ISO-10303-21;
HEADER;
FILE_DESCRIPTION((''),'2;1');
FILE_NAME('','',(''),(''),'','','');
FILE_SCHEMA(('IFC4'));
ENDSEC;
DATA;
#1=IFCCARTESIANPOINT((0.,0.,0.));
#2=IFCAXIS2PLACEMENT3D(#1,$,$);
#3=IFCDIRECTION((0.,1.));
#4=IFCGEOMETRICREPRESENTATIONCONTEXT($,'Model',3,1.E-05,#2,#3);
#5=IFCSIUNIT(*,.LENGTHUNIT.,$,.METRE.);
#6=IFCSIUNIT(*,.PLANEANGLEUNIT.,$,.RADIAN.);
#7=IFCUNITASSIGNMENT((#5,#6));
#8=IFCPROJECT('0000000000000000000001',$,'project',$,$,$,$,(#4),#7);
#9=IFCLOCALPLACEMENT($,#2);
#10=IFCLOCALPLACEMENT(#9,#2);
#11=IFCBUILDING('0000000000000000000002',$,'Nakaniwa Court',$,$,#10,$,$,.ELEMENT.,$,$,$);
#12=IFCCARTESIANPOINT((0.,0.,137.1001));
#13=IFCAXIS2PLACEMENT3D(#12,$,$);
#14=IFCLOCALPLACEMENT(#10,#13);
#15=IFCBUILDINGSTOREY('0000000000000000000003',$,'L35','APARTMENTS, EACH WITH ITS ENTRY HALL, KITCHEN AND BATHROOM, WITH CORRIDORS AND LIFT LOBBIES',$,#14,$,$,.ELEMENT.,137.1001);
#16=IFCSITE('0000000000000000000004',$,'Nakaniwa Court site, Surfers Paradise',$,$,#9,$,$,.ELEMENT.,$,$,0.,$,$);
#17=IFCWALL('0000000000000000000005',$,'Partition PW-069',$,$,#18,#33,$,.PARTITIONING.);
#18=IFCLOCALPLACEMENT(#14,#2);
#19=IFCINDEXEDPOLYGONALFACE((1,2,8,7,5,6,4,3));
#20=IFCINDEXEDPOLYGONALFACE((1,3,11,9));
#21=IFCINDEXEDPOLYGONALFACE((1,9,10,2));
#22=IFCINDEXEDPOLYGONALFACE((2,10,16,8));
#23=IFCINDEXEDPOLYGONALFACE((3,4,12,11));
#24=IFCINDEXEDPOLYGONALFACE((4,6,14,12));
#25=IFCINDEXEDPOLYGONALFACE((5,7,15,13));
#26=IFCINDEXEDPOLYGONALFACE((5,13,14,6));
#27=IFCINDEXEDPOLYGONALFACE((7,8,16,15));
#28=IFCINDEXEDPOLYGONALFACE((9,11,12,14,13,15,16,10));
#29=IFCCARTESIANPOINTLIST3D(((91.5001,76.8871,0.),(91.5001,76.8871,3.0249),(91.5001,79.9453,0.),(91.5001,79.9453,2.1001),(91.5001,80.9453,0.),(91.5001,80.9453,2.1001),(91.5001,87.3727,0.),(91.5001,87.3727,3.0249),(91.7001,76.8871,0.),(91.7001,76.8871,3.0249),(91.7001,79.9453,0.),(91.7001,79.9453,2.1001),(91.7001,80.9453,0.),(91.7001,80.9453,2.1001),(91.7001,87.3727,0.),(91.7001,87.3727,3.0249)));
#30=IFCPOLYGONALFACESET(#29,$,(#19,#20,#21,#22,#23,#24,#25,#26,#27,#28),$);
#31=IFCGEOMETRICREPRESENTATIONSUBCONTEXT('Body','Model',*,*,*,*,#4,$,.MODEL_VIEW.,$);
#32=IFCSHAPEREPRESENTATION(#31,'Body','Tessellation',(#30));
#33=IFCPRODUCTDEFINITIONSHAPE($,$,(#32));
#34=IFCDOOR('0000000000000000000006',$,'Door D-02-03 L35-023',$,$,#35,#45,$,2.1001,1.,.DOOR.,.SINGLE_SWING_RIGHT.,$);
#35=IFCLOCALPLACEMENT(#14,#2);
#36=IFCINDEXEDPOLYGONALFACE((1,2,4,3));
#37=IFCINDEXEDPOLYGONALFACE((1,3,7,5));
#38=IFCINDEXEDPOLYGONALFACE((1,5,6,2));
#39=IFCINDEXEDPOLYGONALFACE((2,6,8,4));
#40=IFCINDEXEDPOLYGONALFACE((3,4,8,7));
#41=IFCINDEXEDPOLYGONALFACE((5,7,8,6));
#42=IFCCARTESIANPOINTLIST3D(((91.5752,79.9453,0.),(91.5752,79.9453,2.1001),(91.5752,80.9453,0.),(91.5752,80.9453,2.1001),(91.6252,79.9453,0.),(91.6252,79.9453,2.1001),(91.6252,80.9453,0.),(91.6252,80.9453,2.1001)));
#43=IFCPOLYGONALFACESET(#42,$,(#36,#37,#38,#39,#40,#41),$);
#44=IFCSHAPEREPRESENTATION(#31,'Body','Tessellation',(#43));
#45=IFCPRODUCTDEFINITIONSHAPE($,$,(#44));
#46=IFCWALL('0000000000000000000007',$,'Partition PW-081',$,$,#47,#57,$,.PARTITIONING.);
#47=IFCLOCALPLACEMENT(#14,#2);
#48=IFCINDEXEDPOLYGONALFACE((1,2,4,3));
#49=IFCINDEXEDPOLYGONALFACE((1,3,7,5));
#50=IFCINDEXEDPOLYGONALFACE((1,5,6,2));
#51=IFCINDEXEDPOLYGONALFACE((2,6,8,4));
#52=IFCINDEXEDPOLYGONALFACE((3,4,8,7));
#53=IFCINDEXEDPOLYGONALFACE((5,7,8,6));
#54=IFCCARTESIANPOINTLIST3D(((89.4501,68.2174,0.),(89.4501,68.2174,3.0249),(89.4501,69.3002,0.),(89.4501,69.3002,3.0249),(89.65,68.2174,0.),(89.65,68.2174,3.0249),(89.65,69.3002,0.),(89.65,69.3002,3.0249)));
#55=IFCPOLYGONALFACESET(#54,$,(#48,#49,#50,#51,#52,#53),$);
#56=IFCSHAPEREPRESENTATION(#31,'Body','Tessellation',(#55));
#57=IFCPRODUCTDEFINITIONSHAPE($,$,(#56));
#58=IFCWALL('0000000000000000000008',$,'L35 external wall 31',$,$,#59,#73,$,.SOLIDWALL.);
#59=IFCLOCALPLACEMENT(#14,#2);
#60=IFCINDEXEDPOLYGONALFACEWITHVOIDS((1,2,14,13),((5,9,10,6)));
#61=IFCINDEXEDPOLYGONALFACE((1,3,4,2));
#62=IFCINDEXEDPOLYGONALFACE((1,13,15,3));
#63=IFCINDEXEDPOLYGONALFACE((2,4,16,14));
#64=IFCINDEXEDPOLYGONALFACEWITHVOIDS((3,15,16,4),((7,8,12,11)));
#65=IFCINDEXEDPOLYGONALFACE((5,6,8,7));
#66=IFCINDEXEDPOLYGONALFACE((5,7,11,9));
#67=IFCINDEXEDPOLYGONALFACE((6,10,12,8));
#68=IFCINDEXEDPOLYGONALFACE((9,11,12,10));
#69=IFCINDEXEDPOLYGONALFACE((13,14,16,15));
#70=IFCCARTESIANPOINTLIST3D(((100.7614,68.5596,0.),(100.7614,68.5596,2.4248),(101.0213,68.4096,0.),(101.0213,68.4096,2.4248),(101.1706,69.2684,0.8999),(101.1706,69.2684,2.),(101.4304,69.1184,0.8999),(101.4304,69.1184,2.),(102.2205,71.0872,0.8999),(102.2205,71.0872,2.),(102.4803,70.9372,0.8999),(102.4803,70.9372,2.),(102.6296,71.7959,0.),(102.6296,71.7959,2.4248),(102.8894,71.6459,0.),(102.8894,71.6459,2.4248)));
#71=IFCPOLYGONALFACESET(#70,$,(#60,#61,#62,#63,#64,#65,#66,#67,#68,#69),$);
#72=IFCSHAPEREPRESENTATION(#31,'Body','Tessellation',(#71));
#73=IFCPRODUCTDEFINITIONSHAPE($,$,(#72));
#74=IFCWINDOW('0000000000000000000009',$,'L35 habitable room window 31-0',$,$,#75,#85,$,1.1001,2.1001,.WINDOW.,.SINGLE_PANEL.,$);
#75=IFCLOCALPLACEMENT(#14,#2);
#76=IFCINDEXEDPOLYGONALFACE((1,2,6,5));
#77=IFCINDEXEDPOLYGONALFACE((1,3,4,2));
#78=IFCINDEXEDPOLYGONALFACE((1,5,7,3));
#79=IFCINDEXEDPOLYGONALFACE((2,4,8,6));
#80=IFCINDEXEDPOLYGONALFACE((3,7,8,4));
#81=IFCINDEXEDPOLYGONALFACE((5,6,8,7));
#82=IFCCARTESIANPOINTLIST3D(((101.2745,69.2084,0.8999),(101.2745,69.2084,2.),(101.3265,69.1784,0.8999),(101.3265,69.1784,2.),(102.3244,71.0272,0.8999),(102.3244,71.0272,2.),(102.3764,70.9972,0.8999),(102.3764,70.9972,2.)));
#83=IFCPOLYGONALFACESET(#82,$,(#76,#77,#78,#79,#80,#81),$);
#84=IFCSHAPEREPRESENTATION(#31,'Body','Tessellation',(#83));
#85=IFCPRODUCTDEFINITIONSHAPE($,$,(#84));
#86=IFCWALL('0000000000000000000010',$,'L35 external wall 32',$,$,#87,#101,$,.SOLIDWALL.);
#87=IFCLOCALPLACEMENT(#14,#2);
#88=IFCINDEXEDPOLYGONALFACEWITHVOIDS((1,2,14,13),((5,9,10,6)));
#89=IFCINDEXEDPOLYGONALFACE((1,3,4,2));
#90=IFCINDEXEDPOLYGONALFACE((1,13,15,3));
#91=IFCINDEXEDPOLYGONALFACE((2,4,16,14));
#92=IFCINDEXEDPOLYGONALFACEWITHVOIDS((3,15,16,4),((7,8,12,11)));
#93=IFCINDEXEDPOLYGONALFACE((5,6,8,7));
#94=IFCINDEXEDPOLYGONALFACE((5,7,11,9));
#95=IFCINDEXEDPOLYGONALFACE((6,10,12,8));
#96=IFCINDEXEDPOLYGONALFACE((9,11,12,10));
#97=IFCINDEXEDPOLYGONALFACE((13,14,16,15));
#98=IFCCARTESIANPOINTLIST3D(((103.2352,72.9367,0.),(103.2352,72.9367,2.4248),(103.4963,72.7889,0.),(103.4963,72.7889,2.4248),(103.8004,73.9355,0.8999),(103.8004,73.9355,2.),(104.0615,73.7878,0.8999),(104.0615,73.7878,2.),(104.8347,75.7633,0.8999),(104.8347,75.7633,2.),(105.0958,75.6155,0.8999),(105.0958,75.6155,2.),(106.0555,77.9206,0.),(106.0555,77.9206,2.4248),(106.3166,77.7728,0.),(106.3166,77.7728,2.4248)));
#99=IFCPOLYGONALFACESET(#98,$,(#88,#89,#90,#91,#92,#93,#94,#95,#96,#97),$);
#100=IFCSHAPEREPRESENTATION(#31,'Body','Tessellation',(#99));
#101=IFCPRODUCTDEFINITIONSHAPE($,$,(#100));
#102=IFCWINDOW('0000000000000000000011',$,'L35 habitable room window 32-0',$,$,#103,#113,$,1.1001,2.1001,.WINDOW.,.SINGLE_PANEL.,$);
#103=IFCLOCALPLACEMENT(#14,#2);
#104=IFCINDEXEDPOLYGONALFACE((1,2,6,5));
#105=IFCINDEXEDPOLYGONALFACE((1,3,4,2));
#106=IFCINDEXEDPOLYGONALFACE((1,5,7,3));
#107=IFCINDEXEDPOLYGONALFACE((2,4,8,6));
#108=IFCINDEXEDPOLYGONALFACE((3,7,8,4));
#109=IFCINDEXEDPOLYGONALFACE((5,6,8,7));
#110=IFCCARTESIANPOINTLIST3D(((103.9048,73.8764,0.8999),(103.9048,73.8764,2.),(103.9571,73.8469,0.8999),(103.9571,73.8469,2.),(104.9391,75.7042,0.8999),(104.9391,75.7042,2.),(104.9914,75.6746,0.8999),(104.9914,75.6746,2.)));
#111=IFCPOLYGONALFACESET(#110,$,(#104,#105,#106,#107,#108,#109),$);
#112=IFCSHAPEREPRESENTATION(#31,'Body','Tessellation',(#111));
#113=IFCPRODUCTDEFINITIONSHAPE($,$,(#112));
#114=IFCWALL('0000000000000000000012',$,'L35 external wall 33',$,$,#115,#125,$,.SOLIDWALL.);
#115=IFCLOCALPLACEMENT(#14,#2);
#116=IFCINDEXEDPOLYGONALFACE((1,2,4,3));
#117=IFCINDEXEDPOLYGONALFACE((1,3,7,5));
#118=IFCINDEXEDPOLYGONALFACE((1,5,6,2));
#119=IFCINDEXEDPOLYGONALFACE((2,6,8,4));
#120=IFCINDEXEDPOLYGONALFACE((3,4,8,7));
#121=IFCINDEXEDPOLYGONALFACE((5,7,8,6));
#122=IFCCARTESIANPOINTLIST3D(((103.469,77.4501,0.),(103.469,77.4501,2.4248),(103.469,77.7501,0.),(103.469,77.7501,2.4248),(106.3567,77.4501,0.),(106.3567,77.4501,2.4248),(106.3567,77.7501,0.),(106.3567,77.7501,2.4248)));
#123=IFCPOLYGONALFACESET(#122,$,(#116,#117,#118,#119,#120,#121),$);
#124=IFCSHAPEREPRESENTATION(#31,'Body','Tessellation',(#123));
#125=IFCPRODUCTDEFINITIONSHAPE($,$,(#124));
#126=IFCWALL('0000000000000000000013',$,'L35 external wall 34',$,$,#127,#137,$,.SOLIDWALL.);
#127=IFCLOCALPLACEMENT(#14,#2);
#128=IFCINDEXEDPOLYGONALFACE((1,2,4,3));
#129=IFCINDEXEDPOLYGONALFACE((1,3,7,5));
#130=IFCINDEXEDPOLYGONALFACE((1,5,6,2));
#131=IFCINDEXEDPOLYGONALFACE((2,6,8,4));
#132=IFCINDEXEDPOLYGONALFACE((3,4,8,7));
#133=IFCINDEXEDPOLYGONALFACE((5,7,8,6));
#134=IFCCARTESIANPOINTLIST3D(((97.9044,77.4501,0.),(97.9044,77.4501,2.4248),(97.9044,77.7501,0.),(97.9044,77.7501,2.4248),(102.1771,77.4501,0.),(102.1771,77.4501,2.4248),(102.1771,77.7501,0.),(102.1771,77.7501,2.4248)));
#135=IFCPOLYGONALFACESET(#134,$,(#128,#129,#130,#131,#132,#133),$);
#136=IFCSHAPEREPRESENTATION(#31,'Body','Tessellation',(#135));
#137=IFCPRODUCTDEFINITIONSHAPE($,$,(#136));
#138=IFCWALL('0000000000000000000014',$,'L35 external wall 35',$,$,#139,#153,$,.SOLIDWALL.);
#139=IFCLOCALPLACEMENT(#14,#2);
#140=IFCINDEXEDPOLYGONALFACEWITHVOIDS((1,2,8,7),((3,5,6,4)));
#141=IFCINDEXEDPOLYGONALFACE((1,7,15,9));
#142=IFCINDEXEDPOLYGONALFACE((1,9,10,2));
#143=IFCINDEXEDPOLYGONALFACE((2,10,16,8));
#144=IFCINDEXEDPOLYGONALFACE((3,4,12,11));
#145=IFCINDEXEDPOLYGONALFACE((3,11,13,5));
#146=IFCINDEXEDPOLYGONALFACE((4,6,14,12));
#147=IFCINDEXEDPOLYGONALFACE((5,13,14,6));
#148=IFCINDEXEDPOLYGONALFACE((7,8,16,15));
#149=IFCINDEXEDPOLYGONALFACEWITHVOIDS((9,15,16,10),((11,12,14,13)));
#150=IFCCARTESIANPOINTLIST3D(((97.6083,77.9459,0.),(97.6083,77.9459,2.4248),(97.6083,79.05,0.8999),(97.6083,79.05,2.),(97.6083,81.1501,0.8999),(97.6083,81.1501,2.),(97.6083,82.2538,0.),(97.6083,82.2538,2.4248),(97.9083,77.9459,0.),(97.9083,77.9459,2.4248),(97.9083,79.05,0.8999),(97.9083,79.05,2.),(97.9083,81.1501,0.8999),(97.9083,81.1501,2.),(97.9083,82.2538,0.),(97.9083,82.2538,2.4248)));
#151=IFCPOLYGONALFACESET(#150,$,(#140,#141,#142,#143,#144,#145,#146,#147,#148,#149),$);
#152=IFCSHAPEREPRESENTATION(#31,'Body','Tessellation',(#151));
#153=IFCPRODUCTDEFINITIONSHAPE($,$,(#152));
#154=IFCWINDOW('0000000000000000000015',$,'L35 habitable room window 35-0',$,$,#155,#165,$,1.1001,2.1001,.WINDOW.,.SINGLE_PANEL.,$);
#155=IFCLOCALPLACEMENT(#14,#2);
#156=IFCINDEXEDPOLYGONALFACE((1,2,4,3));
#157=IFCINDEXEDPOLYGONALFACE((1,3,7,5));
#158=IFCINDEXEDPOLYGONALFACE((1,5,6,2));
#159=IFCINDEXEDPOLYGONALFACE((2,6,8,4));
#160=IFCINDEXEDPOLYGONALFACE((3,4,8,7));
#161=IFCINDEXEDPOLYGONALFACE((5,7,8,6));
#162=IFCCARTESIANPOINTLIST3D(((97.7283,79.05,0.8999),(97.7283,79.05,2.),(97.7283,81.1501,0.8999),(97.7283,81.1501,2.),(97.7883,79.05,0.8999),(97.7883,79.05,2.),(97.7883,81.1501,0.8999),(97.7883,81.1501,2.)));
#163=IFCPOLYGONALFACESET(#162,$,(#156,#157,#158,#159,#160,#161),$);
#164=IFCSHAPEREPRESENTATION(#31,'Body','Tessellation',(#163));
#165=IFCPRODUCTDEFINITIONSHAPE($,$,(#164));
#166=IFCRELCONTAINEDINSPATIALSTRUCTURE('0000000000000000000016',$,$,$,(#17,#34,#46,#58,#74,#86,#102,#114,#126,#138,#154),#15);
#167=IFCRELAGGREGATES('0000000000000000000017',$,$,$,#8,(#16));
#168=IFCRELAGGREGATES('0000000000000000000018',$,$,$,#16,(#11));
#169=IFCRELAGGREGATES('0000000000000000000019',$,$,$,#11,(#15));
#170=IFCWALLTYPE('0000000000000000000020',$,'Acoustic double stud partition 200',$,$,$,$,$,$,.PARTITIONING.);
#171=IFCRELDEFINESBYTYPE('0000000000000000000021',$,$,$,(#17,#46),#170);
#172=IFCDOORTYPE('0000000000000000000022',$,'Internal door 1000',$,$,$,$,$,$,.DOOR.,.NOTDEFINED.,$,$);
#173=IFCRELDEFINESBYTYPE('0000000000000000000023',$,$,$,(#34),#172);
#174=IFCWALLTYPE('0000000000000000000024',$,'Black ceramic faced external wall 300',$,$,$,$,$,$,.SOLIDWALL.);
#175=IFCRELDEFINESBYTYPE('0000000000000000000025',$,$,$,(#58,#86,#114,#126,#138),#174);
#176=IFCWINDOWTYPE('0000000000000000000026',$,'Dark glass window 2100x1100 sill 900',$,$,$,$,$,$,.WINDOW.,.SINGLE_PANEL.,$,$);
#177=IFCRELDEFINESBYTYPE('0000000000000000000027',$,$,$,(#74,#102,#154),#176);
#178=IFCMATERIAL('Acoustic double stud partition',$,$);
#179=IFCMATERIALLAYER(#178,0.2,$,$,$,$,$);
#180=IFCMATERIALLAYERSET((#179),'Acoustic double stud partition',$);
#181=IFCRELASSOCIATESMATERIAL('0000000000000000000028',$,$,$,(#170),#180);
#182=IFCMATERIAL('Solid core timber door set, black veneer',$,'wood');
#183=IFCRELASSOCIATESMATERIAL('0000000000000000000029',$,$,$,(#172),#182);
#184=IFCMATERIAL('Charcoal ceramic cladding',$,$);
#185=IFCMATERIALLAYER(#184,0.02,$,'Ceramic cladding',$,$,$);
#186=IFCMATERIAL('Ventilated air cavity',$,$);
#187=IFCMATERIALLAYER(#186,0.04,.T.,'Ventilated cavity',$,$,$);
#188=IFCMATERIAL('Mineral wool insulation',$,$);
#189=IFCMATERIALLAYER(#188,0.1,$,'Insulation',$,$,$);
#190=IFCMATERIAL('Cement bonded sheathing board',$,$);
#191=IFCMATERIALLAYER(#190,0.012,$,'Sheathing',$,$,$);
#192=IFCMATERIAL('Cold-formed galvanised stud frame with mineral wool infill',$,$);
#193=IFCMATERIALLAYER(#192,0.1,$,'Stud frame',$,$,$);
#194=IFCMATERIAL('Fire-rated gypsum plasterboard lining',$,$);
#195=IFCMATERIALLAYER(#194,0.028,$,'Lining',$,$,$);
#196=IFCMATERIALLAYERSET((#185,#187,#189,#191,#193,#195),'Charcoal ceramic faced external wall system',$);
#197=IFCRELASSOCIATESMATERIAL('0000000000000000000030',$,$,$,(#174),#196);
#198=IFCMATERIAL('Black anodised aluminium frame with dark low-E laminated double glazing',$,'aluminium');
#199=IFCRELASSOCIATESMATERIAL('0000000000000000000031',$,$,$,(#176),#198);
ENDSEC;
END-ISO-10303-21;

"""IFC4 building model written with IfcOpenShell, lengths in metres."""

from ifc_helpers import new_model, si_unit, direction, frame, frame_2d, origin, place, context, subcontext, project, spatial, rectangle, extrude, material, layer, layer_set, type_object, element, fill, save


model = new_model("IFC4")

# Units and contexts
model_context = context("Model", 3, precision=1e-05, world=origin(), true_north=direction((0.0, 1.0)))
body_context = subcontext(model_context, "Body", "Model", "MODEL_VIEW")
ifc_project = project(units=[si_unit("LENGTHUNIT", "METRE"), si_unit("PLANEANGLEUNIT", "RADIAN")], contexts=[model_context])

# Site, building, storey
site_placement = place(None, origin())
site = spatial("IfcSite", under=ifc_project, at=site_placement, Name="Nakaniwa Court site, Surfers Paradise", CompositionType="ELEMENT", RefElevation=0.0)
building_placement = place(site_placement, origin())
building = spatial("IfcBuilding", under=site, at=building_placement, Name="Nakaniwa Court", CompositionType="ELEMENT")
storey_placement = place(building_placement, frame((0.0, 0.0, 137.1001)))
storey = spatial("IfcBuildingStorey", under=building, at=storey_placement, Name="L35", Description="APARTMENTS, EACH WITH ITS ENTRY HALL, KITCHEN AND BATHROOM, WITH CORRIDORS AND LIFT LOBBIES", CompositionType="ELEMENT", Elevation=137.1001)

# Shared definitions
ifc_material_1 = material(Name="Acoustic double stud partition")
ifc_layer_1 = layer(ifc_material_1, 0.2)
ifc_layer_set_1 = layer_set([ifc_layer_1], Name="Acoustic double stud partition")
wall_type_1 = type_object("IfcWallType", Name="Acoustic double stud partition 200", PredefinedType="PARTITIONING", material=ifc_layer_set_1)

# Wall, opening, door
wall_1_placement = place(storey_placement, frame((91.6001, 76.8872, 0.0), z_axis=(0.0, 0.0, 1.0), x_axis=(0.0, 1.0, 0.0)))
wall_1 = element("IfcWall", 1, at=wall_1_placement, inside=storey, type_object=wall_type_1, Name="Partition PW-069", PredefinedType="PARTITIONING", context=body_context, shape_type="SweptSolid", body=[
    extrude(rectangle(XDim=10.4856, YDim=0.2, at=frame_2d((5.2427, 0.0))), origin(), (0.0, 0.0, 1.0), 3.0249),
])
opening_1_placement = place(wall_1_placement, frame((3.0581, 0.0, 0.0)))
opening_1 = element("IfcOpeningElement", 2, at=opening_1_placement, cuts=wall_1, PredefinedType="OPENING", context=body_context, shape_type="SweptSolid", body=[
    extrude(rectangle(XDim=1.0, YDim=2.1001, at=frame_2d((0.5, 1.05))), frame((0.0, 0.1099, 0.0), z_axis=(0.0, -1.0, 0.0), x_axis=(1.0, 0.0, 0.0)), (0.0, 0.0, 1.0), 0.22),
])
ifc_material_2 = material(Name="Solid core timber door set, black veneer", Category="wood")
door_type = type_object("IfcDoorType", Name="Internal door 1000", OperationType="NOTDEFINED", PredefinedType="DOOR", material=ifc_material_2)
door_placement = place(opening_1_placement, origin())
door = element("IfcDoor", 3, at=door_placement, inside=storey, type_object=door_type, Name="Door D-02-03 L35-023", OperationType="SINGLE_SWING_RIGHT", OverallHeight=2.1001, OverallWidth=1.0, PredefinedType="DOOR", context=body_context, shape_type="SweptSolid", body=[
    extrude(rectangle(XDim=1.0, YDim=2.1001, at=frame_2d((0.5, 1.05))), frame((0.0, 0.0249, 0.0), z_axis=(0.0, -1.0, 0.0), x_axis=(1.0, 0.0, 0.0)), (0.0, 0.0, 1.0), 0.05),
])
fill(opening_1, door)

# Wall
wall_2_placement = place(storey_placement, frame((89.55, 68.2173, 0.0), z_axis=(0.0, 0.0, 1.0), x_axis=(0.0, 1.0, 0.0)))
element("IfcWall", 4, at=wall_2_placement, inside=storey, type_object=wall_type_1, Name="Partition PW-081", PredefinedType="PARTITIONING", context=body_context, shape_type="SweptSolid", body=[
    extrude(rectangle(XDim=1.0828, YDim=0.2, at=frame_2d((0.5415, 0.0))), origin(), (0.0, 0.0, 1.0), 3.0249),
])

# Walls, openings, windows
ifc_material_3 = material(Name="Charcoal ceramic cladding")
ifc_layer_2 = layer(ifc_material_3, 0.02, Name="Ceramic cladding")
ifc_material_4 = material(Name="Ventilated air cavity")
ifc_layer_3 = layer(ifc_material_4, 0.04, ventilated=True, Name="Ventilated cavity")
ifc_material_5 = material(Name="Mineral wool insulation")
ifc_layer_4 = layer(ifc_material_5, 0.1, Name="Insulation")
ifc_material_6 = material(Name="Cement bonded sheathing board")
ifc_layer_5 = layer(ifc_material_6, 0.012, Name="Sheathing")
ifc_material_7 = material(Name="Cold-formed galvanised stud frame with mineral wool infill")
ifc_layer_6 = layer(ifc_material_7, 0.1, Name="Stud frame")
ifc_material_8 = material(Name="Fire-rated gypsum plasterboard lining")
ifc_layer_7 = layer(ifc_material_8, 0.028, Name="Lining")
ifc_layer_set_2 = layer_set([ifc_layer_2, ifc_layer_3, ifc_layer_4, ifc_layer_5, ifc_layer_6, ifc_layer_7], Name="Charcoal ceramic faced external wall system")
wall_type_2 = type_object("IfcWallType", Name="Black ceramic faced external wall 300", PredefinedType="SOLIDWALL", material=ifc_layer_set_2)
wall_3_placement = place(storey_placement, frame((100.8914, 68.4846, 0.0), z_axis=(0.0, 0.0, 1.0), x_axis=(0.499934, 0.866064, 0.0)))
wall_3 = element("IfcWall", 5, at=wall_3_placement, inside=storey, type_object=wall_type_2, Name="L35 external wall 31", PredefinedType="SOLIDWALL", context=body_context, shape_type="SweptSolid", body=[
    extrude(rectangle(XDim=3.7368, YDim=0.3, at=frame_2d((1.8684, 0.0))), origin(), (0.0, 0.0, 1.0), 2.4248),
])
opening_2_placement = place(wall_3_placement, frame((0.8184, 0.0, 0.8999)))
opening_2 = element("IfcOpeningElement", 6, at=opening_2_placement, cuts=wall_3, PredefinedType="OPENING", context=body_context, shape_type="SweptSolid", body=[
    extrude(rectangle(XDim=2.1001, YDim=1.1001, at=frame_2d((1.05, 0.55))), frame((0.0, 0.1599, 0.0), z_axis=(0.0, -1.0, 0.0), x_axis=(1.0, 0.0, 0.0)), (0.0, 0.0, 1.0), 0.3201),
])
ifc_material_9 = material(Name="Black anodised aluminium frame with dark low-E laminated double glazing", Category="aluminium")
window_type = type_object("IfcWindowType", Name="Dark glass window 2100x1100 sill 900", PartitioningType="SINGLE_PANEL", PredefinedType="WINDOW", material=ifc_material_9)
window_1_placement = place(opening_2_placement, origin())
window_1 = element("IfcWindow", 7, at=window_1_placement, inside=storey, type_object=window_type, Name="L35 habitable room window 31-0", OverallHeight=1.1001, OverallWidth=2.1001, PartitioningType="SINGLE_PANEL", PredefinedType="WINDOW", context=body_context, shape_type="SweptSolid", body=[
    extrude(rectangle(XDim=2.1001, YDim=1.1001, at=frame_2d((1.05, 0.55))), frame((0.0, 0.03, 0.0), z_axis=(0.0, -1.0, 0.0), x_axis=(1.0, 0.0, 0.0)), (0.0, 0.0, 1.0), 0.0601),
])
fill(opening_2, window_1)
wall_4_placement = place(storey_placement, frame((103.3657, 72.8628, 0.0), z_axis=(0.0, 0.0, 1.0), x_axis=(0.492498, 0.870313, 0.0)))
wall_4 = element("IfcWall", 8, at=wall_4_placement, inside=storey, type_object=wall_type_2, Name="L35 external wall 32", PredefinedType="SOLIDWALL", context=body_context, shape_type="SweptSolid", body=[
    extrude(rectangle(XDim=5.7266, YDim=0.3, at=frame_2d((2.8633, 0.0))), origin(), (0.0, 0.0, 1.0), 2.4248),
])
opening_3_placement = place(wall_4_placement, frame((1.1477, 0.0, 0.8999)))
opening_3 = element("IfcOpeningElement", 9, at=opening_3_placement, cuts=wall_4, PredefinedType="OPENING", context=body_context, shape_type="SweptSolid", body=[
    extrude(rectangle(XDim=2.1001, YDim=1.1001, at=frame_2d((1.05, 0.55))), frame((0.0, 0.1599, 0.0), z_axis=(0.0, -1.0, 0.0), x_axis=(1.0, 0.0, 0.0)), (0.0, 0.0, 1.0), 0.3201),
])
window_2_placement = place(opening_3_placement, origin())
window_2 = element("IfcWindow", 10, at=window_2_placement, inside=storey, type_object=window_type, Name="L35 habitable room window 32-0", OverallHeight=1.1001, OverallWidth=2.1001, PartitioningType="SINGLE_PANEL", PredefinedType="WINDOW", context=body_context, shape_type="SweptSolid", body=[
    extrude(rectangle(XDim=2.1001, YDim=1.1001, at=frame_2d((1.05, 0.55))), frame((0.0, 0.03, 0.0), z_axis=(0.0, -1.0, 0.0), x_axis=(1.0, 0.0, 0.0)), (0.0, 0.0, 1.0), 0.0601),
])
fill(opening_3, window_2)

# Walls
wall_5_placement = place(storey_placement, frame((106.3567, 77.6001, 0.0), z_axis=(0.0, 0.0, 1.0), x_axis=(-1.0, 0.0, 0.0)))
element("IfcWall", 11, at=wall_5_placement, inside=storey, type_object=wall_type_2, Name="L35 external wall 33", PredefinedType="SOLIDWALL", context=body_context, shape_type="SweptSolid", body=[
    extrude(rectangle(XDim=2.8877, YDim=0.3, at=frame_2d((1.4438, 0.0))), origin(), (0.0, 0.0, 1.0), 2.4248),
])
wall_6_placement = place(storey_placement, frame((102.177, 77.6001, 0.0), z_axis=(0.0, 0.0, 1.0), x_axis=(-1.0, 0.0, 0.0)))
element("IfcWall", 12, at=wall_6_placement, inside=storey, type_object=wall_type_2, Name="L35 external wall 34", PredefinedType="SOLIDWALL", context=body_context, shape_type="SweptSolid", body=[
    extrude(rectangle(XDim=4.2727, YDim=0.3, at=frame_2d((2.1362, 0.0))), origin(), (0.0, 0.0, 1.0), 2.4248),
])

# Wall, opening, window
wall_7_placement = place(storey_placement, frame((97.7583, 77.946, 0.0), z_axis=(0.0, 0.0, 1.0), x_axis=(0.0, 1.0, 0.0)))
wall_7 = element("IfcWall", 13, at=wall_7_placement, inside=storey, type_object=wall_type_2, Name="L35 external wall 35", PredefinedType="SOLIDWALL", context=body_context, shape_type="SweptSolid", body=[
    extrude(rectangle(XDim=4.3079, YDim=0.3, at=frame_2d((2.1538, 0.0))), origin(), (0.0, 0.0, 1.0), 2.4248),
])
opening_4_placement = place(wall_7_placement, frame((1.104, 0.0, 0.8999)))
opening_4 = element("IfcOpeningElement", 14, at=opening_4_placement, cuts=wall_7, PredefinedType="OPENING", context=body_context, shape_type="SweptSolid", body=[
    extrude(rectangle(XDim=2.1001, YDim=1.1001, at=frame_2d((1.05, 0.55))), frame((0.0, 0.1599, 0.0), z_axis=(0.0, -1.0, 0.0), x_axis=(1.0, 0.0, 0.0)), (0.0, 0.0, 1.0), 0.3201),
])
window_3_placement = place(opening_4_placement, origin())
window_3 = element("IfcWindow", 15, at=window_3_placement, inside=storey, type_object=window_type, Name="L35 habitable room window 35-0", OverallHeight=1.1001, OverallWidth=2.1001, PartitioningType="SINGLE_PANEL", PredefinedType="WINDOW", context=body_context, shape_type="SweptSolid", body=[
    extrude(rectangle(XDim=2.1001, YDim=1.1001, at=frame_2d((1.05, 0.55))), frame((0.0, 0.03, 0.0), z_axis=(0.0, -1.0, 0.0), x_axis=(1.0, 0.0, 0.0)), (0.0, 0.0, 1.0), 0.0601),
])
fill(opening_4, window_3)

save(model, "model.ifc")
